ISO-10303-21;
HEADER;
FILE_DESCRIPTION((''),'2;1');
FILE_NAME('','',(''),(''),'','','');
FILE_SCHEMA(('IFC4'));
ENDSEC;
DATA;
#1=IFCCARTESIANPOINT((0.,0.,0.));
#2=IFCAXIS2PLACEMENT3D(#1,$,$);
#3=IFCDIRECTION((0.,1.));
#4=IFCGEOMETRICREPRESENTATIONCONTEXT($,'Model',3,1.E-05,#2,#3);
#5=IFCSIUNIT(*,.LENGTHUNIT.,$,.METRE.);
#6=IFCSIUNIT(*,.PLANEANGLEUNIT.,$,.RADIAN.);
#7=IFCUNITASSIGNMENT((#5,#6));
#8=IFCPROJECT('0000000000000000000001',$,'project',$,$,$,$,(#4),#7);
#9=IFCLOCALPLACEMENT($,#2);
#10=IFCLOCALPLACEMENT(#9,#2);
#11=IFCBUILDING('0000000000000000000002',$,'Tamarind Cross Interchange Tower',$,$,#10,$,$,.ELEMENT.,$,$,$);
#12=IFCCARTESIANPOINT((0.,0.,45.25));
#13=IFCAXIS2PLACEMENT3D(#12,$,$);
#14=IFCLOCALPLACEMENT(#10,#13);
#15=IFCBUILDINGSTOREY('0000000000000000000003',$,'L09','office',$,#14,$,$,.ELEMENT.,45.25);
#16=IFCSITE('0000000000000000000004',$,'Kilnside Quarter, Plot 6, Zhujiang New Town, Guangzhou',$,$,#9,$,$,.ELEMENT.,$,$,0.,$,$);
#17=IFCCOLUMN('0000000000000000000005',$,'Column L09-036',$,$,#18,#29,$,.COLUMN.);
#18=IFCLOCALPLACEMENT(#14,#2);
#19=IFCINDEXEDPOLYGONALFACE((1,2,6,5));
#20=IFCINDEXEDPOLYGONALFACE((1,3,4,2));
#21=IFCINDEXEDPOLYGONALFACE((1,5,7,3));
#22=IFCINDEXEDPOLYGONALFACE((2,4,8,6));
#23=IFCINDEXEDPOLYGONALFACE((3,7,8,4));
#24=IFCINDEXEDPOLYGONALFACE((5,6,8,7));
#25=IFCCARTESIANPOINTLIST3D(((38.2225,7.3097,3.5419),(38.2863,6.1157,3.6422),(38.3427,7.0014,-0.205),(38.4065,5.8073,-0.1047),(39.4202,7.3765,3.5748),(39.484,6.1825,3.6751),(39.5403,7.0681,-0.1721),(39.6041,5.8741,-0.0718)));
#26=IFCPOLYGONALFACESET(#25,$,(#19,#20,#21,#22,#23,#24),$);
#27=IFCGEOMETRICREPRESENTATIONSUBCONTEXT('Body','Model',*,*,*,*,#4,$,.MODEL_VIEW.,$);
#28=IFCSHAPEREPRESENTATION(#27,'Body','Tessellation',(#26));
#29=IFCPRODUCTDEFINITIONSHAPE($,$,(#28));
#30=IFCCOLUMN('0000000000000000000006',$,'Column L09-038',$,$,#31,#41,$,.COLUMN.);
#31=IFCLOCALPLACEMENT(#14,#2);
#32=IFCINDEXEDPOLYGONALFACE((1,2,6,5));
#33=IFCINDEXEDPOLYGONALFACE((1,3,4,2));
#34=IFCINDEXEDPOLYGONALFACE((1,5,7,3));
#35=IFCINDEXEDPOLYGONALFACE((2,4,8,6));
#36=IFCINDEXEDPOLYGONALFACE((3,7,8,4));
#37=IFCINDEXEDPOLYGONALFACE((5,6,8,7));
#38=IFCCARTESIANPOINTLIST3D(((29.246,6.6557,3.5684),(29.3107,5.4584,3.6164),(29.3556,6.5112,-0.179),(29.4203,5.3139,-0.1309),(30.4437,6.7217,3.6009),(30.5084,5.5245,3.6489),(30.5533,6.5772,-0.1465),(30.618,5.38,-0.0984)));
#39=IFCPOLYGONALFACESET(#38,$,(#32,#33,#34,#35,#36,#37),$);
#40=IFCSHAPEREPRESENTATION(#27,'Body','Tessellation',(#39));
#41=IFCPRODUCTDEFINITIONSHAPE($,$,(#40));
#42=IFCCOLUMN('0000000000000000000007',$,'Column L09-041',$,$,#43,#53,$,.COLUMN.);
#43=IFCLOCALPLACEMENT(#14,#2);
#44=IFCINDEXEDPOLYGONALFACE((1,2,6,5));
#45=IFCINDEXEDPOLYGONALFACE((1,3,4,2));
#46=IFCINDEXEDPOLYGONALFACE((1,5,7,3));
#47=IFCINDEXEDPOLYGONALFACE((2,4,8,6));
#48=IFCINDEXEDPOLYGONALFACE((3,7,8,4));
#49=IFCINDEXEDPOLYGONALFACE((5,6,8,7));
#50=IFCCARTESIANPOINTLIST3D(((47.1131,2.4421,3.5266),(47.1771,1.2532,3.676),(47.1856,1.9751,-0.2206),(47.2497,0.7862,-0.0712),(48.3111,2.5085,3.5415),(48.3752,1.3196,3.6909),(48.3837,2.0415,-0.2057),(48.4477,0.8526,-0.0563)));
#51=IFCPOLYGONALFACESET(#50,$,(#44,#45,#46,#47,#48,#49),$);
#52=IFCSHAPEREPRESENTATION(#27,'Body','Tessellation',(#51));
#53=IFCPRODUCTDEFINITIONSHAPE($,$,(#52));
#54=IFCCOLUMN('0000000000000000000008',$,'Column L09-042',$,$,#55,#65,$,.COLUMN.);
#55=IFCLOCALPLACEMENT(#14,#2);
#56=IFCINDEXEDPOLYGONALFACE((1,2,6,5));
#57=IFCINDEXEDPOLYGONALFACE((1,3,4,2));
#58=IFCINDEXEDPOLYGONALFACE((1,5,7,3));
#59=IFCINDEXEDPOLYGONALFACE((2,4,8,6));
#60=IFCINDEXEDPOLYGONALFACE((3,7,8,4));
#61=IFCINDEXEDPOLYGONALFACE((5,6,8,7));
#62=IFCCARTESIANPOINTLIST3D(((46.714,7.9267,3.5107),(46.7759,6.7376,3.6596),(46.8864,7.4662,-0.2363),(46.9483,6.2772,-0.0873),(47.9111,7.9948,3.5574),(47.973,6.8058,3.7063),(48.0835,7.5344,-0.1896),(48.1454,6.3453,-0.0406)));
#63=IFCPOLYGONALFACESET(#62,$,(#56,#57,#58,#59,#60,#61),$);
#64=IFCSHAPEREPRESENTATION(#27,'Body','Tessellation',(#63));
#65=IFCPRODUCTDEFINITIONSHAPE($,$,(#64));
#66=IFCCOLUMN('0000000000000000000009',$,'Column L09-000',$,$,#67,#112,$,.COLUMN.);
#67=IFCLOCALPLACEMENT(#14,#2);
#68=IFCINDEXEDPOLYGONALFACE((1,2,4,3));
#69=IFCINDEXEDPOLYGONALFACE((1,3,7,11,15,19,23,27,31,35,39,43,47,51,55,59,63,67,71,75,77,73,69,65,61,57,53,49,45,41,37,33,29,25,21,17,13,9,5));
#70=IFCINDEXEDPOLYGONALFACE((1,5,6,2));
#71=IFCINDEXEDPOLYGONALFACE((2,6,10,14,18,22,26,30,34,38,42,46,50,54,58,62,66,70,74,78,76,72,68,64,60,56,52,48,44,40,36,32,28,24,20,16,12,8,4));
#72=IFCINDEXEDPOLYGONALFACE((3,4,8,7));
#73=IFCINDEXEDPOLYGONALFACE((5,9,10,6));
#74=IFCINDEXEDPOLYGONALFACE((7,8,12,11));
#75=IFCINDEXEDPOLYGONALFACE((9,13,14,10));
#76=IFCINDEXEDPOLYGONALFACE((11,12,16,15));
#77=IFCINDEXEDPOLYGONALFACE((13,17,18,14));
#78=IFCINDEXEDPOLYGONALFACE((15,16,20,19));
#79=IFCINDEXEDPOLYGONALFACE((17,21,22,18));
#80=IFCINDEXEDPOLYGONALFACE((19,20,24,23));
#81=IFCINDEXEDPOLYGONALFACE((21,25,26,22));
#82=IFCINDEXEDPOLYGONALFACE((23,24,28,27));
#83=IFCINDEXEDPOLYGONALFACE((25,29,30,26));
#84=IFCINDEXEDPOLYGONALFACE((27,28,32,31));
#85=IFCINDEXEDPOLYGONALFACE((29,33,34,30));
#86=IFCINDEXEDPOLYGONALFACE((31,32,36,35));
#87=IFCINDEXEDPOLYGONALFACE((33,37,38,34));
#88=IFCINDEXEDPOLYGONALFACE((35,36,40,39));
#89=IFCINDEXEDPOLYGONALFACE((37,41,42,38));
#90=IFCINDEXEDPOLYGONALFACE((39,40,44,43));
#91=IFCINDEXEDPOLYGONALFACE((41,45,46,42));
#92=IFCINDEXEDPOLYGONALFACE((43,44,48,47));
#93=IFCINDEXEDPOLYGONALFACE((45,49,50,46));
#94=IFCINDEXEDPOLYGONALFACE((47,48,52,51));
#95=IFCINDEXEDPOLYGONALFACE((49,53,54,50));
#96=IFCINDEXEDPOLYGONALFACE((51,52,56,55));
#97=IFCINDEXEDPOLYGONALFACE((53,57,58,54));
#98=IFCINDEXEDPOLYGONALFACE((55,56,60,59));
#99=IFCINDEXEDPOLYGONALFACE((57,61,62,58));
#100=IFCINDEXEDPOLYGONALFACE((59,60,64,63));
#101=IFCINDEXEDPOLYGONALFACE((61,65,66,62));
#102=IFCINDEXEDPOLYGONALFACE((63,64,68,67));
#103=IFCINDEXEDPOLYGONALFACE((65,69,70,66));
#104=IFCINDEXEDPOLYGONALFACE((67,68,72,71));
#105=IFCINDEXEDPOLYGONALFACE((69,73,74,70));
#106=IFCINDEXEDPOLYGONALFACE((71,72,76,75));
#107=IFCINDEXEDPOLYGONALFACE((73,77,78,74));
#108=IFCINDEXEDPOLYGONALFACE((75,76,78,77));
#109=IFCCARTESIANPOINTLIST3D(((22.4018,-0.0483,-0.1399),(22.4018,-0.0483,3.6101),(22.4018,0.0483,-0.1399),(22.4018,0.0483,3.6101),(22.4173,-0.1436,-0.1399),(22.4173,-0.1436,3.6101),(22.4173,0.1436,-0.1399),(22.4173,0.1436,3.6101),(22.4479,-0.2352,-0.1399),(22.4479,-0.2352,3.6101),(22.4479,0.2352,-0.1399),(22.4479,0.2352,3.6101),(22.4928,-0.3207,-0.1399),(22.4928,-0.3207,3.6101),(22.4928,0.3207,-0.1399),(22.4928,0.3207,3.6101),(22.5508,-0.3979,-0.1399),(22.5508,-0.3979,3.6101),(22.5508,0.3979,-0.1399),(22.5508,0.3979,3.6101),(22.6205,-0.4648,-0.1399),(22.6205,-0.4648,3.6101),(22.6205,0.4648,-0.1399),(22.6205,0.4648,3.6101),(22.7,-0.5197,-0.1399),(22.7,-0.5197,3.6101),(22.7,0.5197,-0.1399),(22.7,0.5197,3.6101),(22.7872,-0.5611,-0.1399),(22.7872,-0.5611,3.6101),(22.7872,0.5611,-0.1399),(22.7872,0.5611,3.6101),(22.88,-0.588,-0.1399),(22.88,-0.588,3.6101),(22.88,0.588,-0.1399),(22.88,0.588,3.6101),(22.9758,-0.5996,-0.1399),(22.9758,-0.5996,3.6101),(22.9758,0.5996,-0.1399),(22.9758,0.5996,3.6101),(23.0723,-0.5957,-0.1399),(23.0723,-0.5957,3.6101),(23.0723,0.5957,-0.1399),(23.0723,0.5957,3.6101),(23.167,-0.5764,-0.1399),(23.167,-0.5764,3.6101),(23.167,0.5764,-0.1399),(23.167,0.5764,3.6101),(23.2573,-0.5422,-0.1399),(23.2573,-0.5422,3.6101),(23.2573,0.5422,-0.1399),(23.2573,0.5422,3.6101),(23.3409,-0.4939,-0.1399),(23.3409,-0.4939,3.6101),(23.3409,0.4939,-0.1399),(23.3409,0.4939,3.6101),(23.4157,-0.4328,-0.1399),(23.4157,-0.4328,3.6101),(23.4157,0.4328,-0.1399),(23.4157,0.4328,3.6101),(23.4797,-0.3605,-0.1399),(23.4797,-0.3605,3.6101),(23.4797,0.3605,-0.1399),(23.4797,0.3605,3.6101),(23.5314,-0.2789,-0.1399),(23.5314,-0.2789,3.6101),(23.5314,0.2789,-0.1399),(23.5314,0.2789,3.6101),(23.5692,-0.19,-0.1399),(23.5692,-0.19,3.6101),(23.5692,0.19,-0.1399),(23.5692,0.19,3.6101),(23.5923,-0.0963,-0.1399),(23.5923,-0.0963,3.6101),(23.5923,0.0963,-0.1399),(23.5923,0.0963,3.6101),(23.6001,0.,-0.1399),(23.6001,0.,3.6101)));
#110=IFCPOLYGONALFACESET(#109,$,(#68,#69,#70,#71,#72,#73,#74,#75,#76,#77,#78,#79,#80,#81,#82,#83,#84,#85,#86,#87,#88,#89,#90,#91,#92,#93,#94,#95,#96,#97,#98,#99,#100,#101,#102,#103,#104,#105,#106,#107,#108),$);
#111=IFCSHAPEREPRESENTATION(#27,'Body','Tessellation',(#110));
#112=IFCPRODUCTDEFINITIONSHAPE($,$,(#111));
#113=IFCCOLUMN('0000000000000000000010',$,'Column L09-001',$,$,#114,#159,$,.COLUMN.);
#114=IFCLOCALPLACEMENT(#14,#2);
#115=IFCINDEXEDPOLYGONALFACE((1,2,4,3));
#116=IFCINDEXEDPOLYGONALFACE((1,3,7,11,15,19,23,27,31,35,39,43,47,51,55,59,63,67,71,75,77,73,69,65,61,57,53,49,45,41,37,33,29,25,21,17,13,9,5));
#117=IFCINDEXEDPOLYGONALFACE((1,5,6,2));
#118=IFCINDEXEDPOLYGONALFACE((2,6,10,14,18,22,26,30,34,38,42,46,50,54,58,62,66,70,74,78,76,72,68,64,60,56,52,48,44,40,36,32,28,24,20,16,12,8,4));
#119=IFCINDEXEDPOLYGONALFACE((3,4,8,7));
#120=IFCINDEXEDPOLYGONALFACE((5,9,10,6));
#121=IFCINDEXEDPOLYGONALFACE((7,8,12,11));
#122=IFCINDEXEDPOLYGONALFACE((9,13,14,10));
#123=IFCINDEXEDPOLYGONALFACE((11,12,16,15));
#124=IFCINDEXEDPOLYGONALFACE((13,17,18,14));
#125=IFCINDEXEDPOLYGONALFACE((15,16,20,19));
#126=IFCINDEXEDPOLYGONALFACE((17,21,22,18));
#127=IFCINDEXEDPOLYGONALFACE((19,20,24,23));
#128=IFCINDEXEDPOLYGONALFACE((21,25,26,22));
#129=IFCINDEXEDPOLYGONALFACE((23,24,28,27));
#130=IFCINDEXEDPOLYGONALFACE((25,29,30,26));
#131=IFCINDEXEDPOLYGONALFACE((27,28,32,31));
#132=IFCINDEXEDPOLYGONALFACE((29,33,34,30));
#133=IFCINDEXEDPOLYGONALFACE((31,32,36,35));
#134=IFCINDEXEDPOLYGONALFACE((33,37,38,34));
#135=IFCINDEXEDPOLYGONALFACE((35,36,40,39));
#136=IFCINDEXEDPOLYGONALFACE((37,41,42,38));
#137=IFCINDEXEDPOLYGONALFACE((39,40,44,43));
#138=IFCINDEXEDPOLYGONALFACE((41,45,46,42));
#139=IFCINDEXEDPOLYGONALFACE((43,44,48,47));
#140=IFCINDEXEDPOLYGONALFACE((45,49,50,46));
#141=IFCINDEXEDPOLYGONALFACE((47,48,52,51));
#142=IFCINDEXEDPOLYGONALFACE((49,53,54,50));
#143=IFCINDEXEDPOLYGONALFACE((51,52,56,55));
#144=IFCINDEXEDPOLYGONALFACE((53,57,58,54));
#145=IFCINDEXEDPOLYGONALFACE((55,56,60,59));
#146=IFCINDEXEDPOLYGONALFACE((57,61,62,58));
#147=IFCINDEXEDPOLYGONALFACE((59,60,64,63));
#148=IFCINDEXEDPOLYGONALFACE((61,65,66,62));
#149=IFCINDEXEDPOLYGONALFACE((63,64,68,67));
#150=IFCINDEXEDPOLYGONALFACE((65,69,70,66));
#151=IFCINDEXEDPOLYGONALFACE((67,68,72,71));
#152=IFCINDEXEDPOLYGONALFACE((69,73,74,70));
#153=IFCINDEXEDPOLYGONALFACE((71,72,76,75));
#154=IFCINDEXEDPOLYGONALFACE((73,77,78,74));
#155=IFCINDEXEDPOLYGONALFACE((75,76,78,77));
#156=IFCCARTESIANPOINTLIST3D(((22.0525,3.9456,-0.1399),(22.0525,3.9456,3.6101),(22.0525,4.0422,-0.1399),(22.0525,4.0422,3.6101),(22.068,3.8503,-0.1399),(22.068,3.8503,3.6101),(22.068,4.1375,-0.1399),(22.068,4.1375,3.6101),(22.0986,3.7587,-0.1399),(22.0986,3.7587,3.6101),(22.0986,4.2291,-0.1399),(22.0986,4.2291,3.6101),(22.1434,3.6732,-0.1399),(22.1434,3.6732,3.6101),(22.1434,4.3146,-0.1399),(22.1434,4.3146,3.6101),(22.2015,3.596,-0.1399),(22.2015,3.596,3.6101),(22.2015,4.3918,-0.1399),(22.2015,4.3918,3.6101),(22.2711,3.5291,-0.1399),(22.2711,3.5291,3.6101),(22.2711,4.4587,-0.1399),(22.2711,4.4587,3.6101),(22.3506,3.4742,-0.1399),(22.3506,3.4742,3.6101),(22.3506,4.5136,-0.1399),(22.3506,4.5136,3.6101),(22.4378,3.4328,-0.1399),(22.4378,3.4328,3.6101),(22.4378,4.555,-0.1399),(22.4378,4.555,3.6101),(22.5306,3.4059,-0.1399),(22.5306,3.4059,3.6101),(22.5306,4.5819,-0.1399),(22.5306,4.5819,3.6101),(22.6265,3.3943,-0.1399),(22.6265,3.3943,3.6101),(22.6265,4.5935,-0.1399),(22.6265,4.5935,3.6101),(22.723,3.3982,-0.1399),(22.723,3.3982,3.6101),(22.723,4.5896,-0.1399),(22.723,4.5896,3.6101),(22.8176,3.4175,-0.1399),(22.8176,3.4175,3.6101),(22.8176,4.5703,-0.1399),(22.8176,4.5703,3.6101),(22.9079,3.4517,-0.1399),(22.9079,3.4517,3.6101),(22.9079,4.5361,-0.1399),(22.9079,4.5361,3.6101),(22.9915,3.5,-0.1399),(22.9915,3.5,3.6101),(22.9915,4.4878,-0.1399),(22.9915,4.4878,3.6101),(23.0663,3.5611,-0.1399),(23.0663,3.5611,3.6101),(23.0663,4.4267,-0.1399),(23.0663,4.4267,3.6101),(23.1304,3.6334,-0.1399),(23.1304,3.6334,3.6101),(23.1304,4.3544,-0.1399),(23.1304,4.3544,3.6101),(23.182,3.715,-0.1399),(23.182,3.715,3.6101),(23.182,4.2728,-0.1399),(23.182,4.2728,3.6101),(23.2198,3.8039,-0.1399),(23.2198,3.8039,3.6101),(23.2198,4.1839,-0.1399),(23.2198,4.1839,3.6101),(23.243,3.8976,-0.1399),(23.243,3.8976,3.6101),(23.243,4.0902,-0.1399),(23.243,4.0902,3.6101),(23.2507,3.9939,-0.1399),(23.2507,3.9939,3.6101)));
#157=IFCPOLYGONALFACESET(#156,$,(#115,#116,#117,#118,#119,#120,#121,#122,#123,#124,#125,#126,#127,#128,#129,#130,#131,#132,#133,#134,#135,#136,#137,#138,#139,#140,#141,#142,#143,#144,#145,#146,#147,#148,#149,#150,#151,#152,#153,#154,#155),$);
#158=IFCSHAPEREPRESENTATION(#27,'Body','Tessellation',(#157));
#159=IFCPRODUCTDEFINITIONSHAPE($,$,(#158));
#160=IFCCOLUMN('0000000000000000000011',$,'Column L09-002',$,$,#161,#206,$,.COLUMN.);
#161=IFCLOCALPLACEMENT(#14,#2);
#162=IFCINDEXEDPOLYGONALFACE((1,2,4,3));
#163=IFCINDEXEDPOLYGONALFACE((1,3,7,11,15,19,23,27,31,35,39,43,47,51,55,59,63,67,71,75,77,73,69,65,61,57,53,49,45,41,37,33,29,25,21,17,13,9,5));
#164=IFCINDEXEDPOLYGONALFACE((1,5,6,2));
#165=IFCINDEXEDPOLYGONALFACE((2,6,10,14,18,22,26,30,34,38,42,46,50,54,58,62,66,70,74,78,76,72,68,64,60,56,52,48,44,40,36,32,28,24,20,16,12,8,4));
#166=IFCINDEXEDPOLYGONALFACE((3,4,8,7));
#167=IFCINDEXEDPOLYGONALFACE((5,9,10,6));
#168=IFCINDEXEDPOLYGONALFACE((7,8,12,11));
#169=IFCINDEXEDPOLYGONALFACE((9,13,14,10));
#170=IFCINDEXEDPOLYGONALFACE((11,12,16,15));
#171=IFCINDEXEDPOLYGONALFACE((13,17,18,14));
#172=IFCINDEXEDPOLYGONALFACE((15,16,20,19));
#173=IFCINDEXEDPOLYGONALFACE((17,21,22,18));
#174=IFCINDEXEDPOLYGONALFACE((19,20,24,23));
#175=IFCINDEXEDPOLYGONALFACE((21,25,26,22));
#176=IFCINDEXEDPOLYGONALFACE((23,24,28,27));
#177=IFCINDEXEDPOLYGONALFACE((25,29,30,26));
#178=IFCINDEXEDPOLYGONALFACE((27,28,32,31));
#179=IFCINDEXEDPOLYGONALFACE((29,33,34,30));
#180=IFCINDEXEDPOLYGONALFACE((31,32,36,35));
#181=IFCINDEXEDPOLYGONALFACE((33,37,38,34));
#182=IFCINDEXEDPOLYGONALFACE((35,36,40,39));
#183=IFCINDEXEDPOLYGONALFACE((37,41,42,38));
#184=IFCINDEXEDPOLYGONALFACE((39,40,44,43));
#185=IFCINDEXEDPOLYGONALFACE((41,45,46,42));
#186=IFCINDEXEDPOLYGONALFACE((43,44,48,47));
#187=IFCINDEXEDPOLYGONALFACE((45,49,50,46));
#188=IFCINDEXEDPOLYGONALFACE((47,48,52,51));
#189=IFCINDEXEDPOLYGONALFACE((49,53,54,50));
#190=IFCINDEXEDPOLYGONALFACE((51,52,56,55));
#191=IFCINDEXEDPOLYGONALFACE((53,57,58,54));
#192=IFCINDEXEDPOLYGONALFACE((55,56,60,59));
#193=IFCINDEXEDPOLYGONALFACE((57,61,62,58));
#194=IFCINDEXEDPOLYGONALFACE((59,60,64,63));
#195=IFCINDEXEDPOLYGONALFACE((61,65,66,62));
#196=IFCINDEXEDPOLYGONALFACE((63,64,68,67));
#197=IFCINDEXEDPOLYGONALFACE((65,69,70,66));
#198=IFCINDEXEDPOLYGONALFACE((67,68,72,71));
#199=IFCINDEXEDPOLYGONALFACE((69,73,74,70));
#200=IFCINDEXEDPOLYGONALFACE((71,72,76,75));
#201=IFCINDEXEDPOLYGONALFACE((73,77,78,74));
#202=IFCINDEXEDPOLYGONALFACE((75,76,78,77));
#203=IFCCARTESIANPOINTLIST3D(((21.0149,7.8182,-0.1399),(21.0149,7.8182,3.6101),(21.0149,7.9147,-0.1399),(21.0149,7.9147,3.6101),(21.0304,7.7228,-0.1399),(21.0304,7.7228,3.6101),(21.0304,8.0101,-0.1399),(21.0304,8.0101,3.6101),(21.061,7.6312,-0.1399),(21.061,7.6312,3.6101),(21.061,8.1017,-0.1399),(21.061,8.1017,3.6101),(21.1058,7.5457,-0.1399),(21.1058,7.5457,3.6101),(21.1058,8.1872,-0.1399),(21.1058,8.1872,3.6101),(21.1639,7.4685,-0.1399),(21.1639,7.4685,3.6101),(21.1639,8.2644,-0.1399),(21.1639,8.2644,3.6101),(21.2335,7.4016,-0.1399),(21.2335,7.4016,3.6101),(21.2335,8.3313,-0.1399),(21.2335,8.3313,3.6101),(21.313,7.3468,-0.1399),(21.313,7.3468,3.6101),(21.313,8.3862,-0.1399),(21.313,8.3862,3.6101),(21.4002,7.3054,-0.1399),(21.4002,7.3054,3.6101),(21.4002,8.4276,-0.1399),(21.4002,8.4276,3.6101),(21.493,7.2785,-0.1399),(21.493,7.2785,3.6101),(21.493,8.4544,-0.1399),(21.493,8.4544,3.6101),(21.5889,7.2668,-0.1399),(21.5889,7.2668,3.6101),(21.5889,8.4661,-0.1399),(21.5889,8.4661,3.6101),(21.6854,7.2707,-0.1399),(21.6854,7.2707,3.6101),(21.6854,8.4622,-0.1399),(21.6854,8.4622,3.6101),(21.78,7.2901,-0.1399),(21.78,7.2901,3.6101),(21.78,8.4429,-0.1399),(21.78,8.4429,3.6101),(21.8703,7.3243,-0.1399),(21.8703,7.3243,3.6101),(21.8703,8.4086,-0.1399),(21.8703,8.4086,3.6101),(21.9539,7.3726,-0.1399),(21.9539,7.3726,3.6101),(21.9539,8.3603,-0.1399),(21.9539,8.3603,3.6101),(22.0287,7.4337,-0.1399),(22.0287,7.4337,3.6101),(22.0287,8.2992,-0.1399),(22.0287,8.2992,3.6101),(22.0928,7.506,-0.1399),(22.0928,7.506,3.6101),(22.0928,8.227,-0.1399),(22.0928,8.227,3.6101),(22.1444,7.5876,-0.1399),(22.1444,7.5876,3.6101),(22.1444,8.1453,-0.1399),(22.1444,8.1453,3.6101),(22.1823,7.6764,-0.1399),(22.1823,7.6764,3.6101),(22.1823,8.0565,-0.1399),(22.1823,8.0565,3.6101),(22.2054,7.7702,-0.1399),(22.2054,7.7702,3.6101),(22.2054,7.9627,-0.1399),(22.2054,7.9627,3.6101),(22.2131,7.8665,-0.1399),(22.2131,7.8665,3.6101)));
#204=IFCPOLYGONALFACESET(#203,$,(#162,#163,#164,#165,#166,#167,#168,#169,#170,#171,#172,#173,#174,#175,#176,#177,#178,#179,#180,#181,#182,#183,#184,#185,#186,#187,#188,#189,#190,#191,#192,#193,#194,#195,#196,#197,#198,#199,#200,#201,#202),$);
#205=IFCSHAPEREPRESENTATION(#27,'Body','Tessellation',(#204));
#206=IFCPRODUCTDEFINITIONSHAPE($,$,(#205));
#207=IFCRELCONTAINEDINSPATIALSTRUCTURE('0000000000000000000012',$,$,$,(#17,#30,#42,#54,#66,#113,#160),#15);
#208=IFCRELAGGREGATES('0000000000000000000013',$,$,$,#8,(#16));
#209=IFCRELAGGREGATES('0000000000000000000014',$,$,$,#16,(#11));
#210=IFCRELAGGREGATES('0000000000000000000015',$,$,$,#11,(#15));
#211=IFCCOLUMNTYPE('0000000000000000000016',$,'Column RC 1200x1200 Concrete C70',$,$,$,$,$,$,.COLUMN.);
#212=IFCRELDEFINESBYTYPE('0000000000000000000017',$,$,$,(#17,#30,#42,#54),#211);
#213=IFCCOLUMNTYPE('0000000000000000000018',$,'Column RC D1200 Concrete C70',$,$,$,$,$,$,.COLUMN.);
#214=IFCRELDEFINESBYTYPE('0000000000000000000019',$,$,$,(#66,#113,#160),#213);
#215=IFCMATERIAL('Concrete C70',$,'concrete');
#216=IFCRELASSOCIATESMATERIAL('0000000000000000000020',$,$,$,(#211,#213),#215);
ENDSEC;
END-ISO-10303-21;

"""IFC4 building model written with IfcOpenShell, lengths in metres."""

from ifc_helpers import new_model, si_unit, direction, frame, origin, origin_2d, place, context, subcontext, project, spatial, rectangle, circle, extrude, material, material_profile, profile_set, type_object, element, save


model = new_model("IFC4")

# Units and contexts
model_context = context("Model", 3, precision=1e-05, world=origin(), true_north=direction((0.0, 1.0)))
body_context = subcontext(model_context, "Body", "Model", "MODEL_VIEW")
ifc_project = project(units=[si_unit("LENGTHUNIT", "METRE"), si_unit("PLANEANGLEUNIT", "RADIAN")], contexts=[model_context])

# Site, building, storey
site_placement = place(None, origin())
site = spatial("IfcSite", under=ifc_project, at=site_placement, Name="Kilnside Quarter, Plot 6, Zhujiang New Town, Guangzhou", CompositionType="ELEMENT", RefElevation=0.0)
building_placement = place(site_placement, origin())
building = spatial("IfcBuilding", under=site, at=building_placement, Name="Tamarind Cross Interchange Tower", CompositionType="ELEMENT")
storey_placement = place(building_placement, frame((0.0, 0.0, 45.25)))
storey = spatial("IfcBuildingStorey", under=building, at=storey_placement, Name="L09", Description="office", CompositionType="ELEMENT", Elevation=45.25)

# Columns
ifc_material_1 = material(Name="Concrete C70", Category="concrete")
ifc_material_profile_1 = material_profile(ifc_material_1, rectangle(XDim=1.2, YDim=1.2, at=origin_2d()), Name="RC 1200x1200")
ifc_profile_set_1 = profile_set([ifc_material_profile_1], Name="Concrete C70")
column_type_1 = type_object("IfcColumnType", Name="Column RC 1200x1200 Concrete C70", PredefinedType="COLUMN", material=ifc_profile_set_1)
column_1_placement = place(storey_placement, frame((38.9734, 6.4377, -0.1384), z_axis=(-0.031934, 0.081977, 0.996122), x_axis=(0.053168, -0.99508, 0.083596)))
element("IfcColumn", 1, at=column_1_placement, inside=storey, type_object=column_type_1, Name="Column L09-036", PredefinedType="COLUMN", context=body_context, shape_type="SweptSolid", body=[
    extrude(rectangle(XDim=1.2, YDim=1.2, at=origin_2d()), origin(), (0.0, 0.0, 1.0), 3.7615),
])
column_2_placement = place(storey_placement, frame((29.9868, 5.9456, -0.1387), z_axis=(-0.029219, 0.038524, 0.99883), x_axis=(0.053937, -0.99774, 0.04006)))
element("IfcColumn", 2, at=column_2_placement, inside=storey, type_object=column_type_1, Name="Column L09-038", PredefinedType="COLUMN", context=body_context, shape_type="SweptSolid", body=[
    extrude(rectangle(XDim=1.2, YDim=1.2, at=origin_2d()), origin(), (0.0, 0.0, 1.0), 3.7517),
])
column_3_placement = place(storey_placement, frame((47.8167, 1.4138, -0.1384), z_axis=(-0.019199, 0.123662, 0.992139), x_axis=(0.053353, -0.990781, 0.124525)))
element("IfcColumn", 3, at=column_3_placement, inside=storey, type_object=column_type_1, Name="Column L09-041", PredefinedType="COLUMN", context=body_context, shape_type="SweptSolid", body=[
    extrude(rectangle(XDim=1.2, YDim=1.2, at=origin_2d()), origin(), (0.0, 0.0, 1.0), 3.7769),
])
column_4_placement = place(storey_placement, frame((47.5159, 6.9058, -0.1384), z_axis=(-0.045611, 0.121846, 0.9915), x_axis=(0.051565, -0.990923, 0.124147)))
element("IfcColumn", 4, at=column_4_placement, inside=storey, type_object=column_type_1, Name="Column L09-042", PredefinedType="COLUMN", context=body_context, shape_type="SweptSolid", body=[
    extrude(rectangle(XDim=1.2, YDim=1.2, at=origin_2d()), origin(), (0.0, 0.0, 1.0), 3.7791),
])
ifc_material_profile_2 = material_profile(ifc_material_1, circle(Radius=0.6001, at=origin_2d()), Name="RC D1200")
ifc_profile_set_2 = profile_set([ifc_material_profile_2], Name="Concrete C70")
column_type_2 = type_object("IfcColumnType", Name="Column RC D1200 Concrete C70", PredefinedType="COLUMN", material=ifc_profile_set_2)
for number, where, z_axis, x_axis, name in (
    (5, (23.0, 0.0, -0.1399), (0.0, 0.0, 1.0), (1.0, 0.0, 0.0), "Column L09-000"),
    (6, (22.6506, 3.9939, -0.1399), (0.0, 0.0, 1.0), (1.0, 0.0, 0.0), "Column L09-001"),
    (7, (21.613, 7.8665, -0.1399), (0.0, 0.0, 1.0), (1.0, 0.0, 0.0), "Column L09-002"),
):
    element("IfcColumn", number, at=place(storey_placement, frame(where, z_axis=z_axis, x_axis=x_axis)), inside=storey, type_object=column_type_2, Name=name, PredefinedType="COLUMN", context=body_context, shape_type="SweptSolid", body=[
        extrude(circle(Radius=0.6001, at=origin_2d()), origin(), (0.0, 0.0, 1.0), 3.75),
    ])

save(model, "model.ifc")
